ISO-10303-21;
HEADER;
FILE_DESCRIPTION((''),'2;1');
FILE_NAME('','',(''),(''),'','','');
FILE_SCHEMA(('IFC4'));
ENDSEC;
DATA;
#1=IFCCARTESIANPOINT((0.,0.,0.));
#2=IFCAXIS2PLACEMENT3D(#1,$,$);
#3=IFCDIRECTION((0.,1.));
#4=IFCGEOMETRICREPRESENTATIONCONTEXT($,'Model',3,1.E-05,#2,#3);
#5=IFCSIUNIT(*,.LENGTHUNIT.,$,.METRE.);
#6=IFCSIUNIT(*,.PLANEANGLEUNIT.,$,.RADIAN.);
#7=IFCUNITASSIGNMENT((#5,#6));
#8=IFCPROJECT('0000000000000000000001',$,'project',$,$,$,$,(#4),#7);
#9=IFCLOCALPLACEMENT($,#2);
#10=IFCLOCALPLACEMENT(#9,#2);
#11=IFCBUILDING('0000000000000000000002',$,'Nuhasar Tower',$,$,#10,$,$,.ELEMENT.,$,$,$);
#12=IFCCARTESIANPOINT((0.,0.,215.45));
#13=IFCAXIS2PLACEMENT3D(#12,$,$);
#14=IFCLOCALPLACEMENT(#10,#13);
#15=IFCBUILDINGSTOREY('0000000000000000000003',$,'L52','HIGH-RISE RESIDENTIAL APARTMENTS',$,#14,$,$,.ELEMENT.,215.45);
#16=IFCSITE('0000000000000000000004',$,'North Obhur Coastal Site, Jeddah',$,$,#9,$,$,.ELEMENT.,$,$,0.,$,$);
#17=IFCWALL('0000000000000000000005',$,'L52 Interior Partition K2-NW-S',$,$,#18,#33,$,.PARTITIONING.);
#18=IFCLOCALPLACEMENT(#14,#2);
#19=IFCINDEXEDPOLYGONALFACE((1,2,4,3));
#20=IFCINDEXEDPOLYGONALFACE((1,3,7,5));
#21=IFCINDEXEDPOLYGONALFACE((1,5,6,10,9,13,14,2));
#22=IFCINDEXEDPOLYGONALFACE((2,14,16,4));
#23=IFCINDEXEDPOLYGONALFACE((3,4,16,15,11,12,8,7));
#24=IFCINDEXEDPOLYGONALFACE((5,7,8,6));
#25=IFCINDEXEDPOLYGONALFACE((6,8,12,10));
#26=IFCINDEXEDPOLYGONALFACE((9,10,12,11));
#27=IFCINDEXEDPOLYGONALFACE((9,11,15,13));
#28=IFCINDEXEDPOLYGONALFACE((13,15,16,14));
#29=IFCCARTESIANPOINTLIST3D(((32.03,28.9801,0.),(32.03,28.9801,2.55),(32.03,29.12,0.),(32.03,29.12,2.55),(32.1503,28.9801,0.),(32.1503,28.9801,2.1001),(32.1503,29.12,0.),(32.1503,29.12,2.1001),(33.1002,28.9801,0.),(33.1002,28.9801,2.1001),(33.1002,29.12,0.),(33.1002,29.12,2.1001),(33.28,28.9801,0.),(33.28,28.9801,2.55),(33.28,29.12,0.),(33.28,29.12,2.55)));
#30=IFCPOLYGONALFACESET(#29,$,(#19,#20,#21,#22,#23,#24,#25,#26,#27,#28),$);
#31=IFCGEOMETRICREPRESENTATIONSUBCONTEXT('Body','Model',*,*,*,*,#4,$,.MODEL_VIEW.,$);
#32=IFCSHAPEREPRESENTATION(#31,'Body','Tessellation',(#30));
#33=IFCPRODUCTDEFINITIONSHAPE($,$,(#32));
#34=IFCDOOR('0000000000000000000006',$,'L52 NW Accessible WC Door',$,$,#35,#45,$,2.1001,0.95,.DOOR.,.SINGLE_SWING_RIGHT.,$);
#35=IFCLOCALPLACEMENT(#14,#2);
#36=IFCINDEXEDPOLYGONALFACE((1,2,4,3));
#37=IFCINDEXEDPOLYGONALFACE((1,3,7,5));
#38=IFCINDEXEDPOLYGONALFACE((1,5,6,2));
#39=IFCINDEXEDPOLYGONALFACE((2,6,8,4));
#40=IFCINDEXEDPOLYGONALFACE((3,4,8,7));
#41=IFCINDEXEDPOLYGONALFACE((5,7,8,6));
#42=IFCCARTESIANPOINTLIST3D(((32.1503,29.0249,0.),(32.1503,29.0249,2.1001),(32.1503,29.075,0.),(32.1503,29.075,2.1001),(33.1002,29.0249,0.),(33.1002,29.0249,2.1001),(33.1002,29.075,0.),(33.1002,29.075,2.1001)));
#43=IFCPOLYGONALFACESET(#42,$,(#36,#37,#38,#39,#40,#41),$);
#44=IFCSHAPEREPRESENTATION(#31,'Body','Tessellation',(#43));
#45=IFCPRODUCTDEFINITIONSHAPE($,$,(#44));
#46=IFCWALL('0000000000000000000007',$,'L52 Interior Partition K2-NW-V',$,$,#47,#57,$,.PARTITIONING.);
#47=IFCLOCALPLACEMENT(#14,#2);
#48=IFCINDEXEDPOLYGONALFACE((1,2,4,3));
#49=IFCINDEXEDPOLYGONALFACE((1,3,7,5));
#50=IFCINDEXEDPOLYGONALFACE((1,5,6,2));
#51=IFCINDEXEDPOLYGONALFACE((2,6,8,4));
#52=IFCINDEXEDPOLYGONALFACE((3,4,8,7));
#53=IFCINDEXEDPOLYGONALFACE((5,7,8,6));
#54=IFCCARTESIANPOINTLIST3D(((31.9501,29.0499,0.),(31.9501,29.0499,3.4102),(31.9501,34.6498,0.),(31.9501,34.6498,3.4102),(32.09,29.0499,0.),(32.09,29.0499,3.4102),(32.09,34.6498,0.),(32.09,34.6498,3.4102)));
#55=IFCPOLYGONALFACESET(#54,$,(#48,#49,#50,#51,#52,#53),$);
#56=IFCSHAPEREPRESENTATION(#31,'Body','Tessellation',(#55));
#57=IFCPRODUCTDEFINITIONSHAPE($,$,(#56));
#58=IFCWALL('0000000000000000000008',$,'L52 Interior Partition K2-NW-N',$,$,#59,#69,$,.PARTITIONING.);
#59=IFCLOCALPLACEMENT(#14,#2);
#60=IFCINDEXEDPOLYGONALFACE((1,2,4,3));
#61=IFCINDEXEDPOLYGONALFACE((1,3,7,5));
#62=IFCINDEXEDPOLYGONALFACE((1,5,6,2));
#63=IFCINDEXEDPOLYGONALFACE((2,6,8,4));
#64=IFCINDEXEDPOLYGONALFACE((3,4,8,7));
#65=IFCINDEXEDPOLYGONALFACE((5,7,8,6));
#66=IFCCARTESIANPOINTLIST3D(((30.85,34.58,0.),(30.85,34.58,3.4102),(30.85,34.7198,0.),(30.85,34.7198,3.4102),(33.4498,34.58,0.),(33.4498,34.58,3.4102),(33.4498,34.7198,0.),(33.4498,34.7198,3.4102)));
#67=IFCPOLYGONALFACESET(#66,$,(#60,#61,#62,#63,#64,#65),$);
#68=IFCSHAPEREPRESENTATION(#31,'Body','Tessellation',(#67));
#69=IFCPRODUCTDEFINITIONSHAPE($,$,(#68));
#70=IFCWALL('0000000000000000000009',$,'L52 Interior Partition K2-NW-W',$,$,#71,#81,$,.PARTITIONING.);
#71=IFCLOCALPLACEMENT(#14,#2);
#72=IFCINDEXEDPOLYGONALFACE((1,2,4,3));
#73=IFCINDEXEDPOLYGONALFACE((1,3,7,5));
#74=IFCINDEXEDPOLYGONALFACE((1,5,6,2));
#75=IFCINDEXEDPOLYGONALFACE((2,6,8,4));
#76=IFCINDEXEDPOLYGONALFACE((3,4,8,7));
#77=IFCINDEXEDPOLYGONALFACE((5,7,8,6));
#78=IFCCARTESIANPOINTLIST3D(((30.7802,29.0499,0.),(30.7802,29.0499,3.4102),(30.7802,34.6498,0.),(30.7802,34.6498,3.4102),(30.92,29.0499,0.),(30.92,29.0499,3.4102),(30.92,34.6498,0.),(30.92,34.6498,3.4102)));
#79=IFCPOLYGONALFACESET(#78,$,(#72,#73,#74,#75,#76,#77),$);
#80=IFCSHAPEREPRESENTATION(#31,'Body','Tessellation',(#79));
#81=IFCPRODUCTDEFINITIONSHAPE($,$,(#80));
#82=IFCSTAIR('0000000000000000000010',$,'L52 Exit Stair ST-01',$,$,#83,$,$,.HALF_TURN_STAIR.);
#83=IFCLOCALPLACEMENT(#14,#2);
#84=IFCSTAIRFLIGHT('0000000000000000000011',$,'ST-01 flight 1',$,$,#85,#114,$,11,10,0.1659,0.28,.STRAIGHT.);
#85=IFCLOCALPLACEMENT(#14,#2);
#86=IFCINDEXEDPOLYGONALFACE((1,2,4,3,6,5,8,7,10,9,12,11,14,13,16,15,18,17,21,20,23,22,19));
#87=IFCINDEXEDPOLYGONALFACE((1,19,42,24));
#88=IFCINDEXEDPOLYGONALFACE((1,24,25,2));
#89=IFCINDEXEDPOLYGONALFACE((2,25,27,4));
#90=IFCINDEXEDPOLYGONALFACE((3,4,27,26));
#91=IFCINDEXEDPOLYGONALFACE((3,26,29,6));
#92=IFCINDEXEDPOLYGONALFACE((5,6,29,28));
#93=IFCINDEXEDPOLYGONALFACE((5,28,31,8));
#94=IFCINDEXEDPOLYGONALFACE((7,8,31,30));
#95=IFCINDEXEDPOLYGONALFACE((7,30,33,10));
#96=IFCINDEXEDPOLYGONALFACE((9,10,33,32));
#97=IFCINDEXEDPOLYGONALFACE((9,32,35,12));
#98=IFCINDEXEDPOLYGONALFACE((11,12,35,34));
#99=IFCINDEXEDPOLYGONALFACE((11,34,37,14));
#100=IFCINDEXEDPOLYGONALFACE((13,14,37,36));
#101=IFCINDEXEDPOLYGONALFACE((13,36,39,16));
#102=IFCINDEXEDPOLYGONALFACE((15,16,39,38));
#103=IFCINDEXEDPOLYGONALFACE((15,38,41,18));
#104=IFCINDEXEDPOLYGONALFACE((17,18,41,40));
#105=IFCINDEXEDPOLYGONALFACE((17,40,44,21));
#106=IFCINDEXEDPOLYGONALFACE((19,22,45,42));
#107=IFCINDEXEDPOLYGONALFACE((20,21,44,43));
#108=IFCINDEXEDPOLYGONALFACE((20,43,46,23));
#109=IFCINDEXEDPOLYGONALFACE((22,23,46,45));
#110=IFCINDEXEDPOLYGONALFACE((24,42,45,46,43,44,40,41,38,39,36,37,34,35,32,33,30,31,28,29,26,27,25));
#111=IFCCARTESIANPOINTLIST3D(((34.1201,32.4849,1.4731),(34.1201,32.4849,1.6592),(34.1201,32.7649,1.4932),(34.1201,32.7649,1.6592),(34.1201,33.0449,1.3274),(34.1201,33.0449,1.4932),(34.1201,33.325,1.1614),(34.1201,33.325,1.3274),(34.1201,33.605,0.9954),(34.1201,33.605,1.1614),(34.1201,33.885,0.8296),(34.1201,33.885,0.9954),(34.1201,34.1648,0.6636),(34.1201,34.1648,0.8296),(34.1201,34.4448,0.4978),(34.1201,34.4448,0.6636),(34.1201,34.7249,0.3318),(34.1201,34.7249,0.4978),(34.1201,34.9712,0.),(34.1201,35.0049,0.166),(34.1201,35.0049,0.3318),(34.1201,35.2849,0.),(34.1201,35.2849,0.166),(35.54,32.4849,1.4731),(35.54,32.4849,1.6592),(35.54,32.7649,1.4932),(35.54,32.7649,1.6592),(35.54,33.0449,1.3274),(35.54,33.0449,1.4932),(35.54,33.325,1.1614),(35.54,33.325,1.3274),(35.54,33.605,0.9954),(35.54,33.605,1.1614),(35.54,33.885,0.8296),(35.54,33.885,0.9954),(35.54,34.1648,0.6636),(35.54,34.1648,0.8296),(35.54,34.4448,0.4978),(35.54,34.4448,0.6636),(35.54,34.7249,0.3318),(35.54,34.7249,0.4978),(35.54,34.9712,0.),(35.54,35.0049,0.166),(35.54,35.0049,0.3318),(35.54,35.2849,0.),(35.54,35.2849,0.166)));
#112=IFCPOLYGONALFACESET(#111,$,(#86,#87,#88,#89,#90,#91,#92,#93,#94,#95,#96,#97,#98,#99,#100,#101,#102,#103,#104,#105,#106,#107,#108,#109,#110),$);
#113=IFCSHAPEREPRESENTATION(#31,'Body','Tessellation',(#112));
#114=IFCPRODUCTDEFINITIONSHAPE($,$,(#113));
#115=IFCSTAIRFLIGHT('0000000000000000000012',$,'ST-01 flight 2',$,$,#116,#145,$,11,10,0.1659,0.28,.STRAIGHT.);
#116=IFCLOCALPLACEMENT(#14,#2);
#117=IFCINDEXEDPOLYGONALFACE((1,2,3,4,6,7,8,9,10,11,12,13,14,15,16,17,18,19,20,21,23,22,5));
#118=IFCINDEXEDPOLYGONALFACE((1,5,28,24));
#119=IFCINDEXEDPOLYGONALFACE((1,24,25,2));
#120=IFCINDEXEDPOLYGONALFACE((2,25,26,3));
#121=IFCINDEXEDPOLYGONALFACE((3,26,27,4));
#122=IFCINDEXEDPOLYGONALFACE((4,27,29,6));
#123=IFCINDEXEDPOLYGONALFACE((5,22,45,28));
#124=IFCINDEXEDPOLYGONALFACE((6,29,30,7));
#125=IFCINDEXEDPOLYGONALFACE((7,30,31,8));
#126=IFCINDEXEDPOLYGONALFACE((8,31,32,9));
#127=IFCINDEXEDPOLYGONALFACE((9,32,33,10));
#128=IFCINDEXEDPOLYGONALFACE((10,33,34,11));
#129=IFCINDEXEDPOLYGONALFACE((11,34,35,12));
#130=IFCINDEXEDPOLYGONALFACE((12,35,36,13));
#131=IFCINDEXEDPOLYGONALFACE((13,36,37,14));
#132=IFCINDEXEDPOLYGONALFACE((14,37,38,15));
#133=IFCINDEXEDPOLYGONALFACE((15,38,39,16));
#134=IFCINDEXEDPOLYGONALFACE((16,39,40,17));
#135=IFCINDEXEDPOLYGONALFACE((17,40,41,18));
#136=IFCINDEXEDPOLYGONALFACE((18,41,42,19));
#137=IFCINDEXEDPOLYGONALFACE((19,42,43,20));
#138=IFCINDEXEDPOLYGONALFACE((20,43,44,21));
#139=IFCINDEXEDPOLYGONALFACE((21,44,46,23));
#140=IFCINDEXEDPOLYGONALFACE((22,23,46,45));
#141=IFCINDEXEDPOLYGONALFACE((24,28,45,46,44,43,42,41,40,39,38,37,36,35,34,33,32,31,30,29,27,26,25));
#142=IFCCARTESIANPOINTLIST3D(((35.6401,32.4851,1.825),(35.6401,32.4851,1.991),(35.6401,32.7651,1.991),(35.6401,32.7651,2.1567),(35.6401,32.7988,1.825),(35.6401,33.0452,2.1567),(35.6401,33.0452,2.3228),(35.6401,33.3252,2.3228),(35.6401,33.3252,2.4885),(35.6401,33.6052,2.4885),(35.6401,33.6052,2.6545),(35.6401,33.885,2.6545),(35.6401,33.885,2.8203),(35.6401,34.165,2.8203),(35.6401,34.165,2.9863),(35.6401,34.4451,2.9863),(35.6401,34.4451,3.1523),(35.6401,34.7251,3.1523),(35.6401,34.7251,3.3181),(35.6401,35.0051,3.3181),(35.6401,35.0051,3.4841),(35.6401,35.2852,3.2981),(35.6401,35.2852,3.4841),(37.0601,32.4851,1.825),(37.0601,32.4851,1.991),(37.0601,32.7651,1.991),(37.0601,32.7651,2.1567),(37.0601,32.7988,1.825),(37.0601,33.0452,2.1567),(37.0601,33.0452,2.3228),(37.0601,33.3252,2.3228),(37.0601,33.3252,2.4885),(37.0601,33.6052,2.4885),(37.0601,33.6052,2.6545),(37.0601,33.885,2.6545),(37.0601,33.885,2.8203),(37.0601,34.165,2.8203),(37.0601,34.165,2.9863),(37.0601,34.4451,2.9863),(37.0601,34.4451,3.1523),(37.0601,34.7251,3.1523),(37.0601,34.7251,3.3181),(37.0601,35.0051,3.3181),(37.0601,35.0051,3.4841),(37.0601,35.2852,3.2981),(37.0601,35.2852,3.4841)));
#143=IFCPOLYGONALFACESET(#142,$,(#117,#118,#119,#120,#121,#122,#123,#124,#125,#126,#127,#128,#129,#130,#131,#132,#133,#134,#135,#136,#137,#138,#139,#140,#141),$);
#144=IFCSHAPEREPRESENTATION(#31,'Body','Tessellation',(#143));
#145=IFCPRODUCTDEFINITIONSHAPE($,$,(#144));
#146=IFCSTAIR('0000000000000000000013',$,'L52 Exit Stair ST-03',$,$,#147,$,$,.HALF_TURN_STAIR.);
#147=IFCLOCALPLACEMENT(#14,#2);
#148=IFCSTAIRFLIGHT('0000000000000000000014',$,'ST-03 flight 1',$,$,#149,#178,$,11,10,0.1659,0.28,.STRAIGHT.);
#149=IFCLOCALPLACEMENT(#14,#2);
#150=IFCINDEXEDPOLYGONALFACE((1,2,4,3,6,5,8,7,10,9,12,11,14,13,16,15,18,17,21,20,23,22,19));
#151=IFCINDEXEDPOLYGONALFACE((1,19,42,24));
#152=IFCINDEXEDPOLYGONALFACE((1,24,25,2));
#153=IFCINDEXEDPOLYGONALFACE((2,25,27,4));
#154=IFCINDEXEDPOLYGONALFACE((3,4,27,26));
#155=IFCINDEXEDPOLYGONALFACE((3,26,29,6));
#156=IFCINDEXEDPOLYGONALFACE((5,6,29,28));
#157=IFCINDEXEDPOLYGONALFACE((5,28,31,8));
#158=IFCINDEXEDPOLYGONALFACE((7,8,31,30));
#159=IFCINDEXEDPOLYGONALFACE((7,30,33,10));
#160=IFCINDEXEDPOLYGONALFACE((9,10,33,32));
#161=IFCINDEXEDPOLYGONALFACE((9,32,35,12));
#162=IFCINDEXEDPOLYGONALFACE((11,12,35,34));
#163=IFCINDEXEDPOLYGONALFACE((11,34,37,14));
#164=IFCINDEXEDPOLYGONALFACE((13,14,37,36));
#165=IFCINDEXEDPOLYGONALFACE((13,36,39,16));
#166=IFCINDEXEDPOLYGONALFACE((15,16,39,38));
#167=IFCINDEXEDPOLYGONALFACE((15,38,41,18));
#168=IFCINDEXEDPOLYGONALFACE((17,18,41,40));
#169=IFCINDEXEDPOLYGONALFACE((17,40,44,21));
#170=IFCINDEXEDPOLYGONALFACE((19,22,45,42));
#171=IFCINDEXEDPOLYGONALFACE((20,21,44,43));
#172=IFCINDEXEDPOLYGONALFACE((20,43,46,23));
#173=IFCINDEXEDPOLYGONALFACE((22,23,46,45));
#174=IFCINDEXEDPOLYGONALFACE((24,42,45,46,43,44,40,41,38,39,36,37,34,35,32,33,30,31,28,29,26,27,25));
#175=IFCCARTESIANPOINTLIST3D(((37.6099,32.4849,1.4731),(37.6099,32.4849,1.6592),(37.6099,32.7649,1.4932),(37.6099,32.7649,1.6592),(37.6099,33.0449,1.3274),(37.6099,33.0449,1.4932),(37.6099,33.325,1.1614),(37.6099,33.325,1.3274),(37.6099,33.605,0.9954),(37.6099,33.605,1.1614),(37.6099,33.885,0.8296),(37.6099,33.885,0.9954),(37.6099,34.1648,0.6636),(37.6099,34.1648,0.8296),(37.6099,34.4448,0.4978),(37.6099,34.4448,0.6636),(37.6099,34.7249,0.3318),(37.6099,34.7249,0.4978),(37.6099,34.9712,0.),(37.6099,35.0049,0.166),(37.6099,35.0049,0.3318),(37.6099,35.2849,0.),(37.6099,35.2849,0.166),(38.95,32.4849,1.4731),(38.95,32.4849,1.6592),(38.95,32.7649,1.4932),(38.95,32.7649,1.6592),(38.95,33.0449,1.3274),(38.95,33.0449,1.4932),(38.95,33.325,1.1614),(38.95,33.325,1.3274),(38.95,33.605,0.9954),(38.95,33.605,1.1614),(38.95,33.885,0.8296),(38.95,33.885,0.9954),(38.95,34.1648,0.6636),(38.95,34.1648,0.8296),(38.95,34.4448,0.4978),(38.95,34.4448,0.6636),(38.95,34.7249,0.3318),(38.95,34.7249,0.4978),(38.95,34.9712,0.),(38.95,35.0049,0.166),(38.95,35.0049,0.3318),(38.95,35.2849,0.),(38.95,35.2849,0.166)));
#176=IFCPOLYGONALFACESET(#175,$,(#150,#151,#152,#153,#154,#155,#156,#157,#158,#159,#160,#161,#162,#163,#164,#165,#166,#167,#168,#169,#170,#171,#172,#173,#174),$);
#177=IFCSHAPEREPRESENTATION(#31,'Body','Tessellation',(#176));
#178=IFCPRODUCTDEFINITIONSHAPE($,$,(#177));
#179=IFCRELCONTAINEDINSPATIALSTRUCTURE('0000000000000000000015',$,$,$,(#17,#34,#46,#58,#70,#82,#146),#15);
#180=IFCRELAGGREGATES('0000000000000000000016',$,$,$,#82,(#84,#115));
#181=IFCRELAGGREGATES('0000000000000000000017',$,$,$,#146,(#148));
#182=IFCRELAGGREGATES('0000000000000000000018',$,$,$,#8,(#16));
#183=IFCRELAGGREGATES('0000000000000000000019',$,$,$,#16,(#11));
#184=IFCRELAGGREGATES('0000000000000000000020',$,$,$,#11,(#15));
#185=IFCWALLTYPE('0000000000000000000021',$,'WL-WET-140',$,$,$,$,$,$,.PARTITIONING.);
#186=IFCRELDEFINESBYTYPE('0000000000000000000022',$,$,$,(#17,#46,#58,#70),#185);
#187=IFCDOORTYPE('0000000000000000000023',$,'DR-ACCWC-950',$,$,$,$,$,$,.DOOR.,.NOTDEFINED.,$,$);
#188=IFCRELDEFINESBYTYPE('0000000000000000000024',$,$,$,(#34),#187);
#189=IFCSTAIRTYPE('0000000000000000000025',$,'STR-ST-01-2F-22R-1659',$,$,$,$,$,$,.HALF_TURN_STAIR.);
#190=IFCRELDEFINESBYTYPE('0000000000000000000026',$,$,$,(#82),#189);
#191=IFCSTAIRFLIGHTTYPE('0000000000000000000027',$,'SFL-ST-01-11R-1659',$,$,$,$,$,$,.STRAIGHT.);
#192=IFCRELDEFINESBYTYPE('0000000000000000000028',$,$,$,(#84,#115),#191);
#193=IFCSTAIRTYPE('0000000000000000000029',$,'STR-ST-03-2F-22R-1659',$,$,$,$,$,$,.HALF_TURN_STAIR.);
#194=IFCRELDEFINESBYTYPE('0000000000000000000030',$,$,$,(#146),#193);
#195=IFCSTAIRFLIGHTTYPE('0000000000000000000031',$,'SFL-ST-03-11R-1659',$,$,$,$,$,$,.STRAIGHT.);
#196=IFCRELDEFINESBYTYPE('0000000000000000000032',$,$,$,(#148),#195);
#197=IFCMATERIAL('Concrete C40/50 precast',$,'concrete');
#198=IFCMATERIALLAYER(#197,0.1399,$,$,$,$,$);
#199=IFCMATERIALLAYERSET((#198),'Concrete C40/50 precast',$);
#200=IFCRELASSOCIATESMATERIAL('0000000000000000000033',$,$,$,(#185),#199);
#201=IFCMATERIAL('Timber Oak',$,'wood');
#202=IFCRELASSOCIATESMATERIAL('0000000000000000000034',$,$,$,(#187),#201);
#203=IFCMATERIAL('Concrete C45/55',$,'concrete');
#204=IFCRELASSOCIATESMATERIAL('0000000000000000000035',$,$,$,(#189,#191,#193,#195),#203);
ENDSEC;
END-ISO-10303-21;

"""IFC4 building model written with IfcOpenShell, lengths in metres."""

from ifc_helpers import new_model, si_unit, direction, frame, frame_2d, origin, place, context, subcontext, project, spatial, polyline, rectangle, outline, extrude, material, layer, layer_set, type_object, element, fill, aggregate, save


model = new_model("IFC4")

# Units and contexts
model_context = context("Model", 3, precision=1e-05, world=origin(), true_north=direction((0.0, 1.0)))
body_context = subcontext(model_context, "Body", "Model", "MODEL_VIEW")
ifc_project = project(units=[si_unit("LENGTHUNIT", "METRE"), si_unit("PLANEANGLEUNIT", "RADIAN")], contexts=[model_context])

# Site, building, storey
site_placement = place(None, origin())
site = spatial("IfcSite", under=ifc_project, at=site_placement, Name="North Obhur Coastal Site, Jeddah", CompositionType="ELEMENT", RefElevation=0.0)
building_placement = place(site_placement, origin())
building = spatial("IfcBuilding", under=site, at=building_placement, Name="Nuhasar Tower", CompositionType="ELEMENT")
storey_placement = place(building_placement, frame((0.0, 0.0, 215.45)))
storey = spatial("IfcBuildingStorey", under=building, at=storey_placement, Name="L52", Description="HIGH-RISE RESIDENTIAL APARTMENTS", CompositionType="ELEMENT", Elevation=215.45)

# Shared definitions
ifc_material_1 = material(Name="Concrete C40/50 precast", Category="concrete")
ifc_layer_1 = layer(ifc_material_1, 0.1399)
ifc_layer_set_1 = layer_set([ifc_layer_1], Name="Concrete C40/50 precast")
wall_type_1 = type_object("IfcWallType", Name="WL-WET-140", PredefinedType="PARTITIONING", material=ifc_layer_set_1)

# Wall, opening, door
ifc_material_2 = material(Name="Timber Oak", Category="wood")
wall_1_placement = place(storey_placement, frame((32.03, 29.05, 0.0), z_axis=(0.0, 0.0, 1.0), x_axis=(1.0, 0.0, 0.0)))
wall_1 = element("IfcWall", 1, at=wall_1_placement, inside=storey, type_object=wall_type_1, Name="L52 Interior Partition K2-NW-S", PredefinedType="PARTITIONING", context=body_context, shape_type="SweptSolid", body=[
    extrude(rectangle(XDim=1.25, YDim=0.1399, at=frame_2d((0.625, 0.0))), origin(), (0.0, 0.0, 1.0), 2.55),
])
opening_1_placement = place(wall_1_placement, frame((0.1201, 0.0, 0.0)))
opening_1 = element("IfcOpeningElement", 2, at=opening_1_placement, cuts=wall_1, PredefinedType="OPENING", context=body_context, shape_type="SweptSolid", body=[
    extrude(rectangle(XDim=0.95, YDim=2.1001, at=frame_2d((0.4751, 1.05))), frame((0.0, 0.0801, 0.0), z_axis=(0.0, -1.0, 0.0), x_axis=(1.0, 0.0, 0.0)), (0.0, 0.0, 1.0), 0.1599),
])
door_type_1 = type_object("IfcDoorType", Name="DR-ACCWC-950", OperationType="NOTDEFINED", PredefinedType="DOOR", material=ifc_material_2)
door_1_placement = place(opening_1_placement, origin())
door_1 = element("IfcDoor", 3, at=door_1_placement, inside=storey, type_object=door_type_1, Name="L52 NW Accessible WC Door", OperationType="SINGLE_SWING_RIGHT", OverallHeight=2.1001, OverallWidth=0.95, PredefinedType="DOOR", context=body_context, shape_type="SweptSolid", body=[
    extrude(rectangle(XDim=0.95, YDim=2.1001, at=frame_2d((0.4751, 1.05))), frame((0.0, 0.0249, 0.0), z_axis=(0.0, -1.0, 0.0), x_axis=(1.0, 0.0, 0.0)), (0.0, 0.0, 1.0), 0.05),
])
fill(opening_1, door_1)

# Walls
wall_2_placement = place(storey_placement, frame((32.02, 29.05, 0.0), z_axis=(0.0, 0.0, 1.0), x_axis=(0.0, 1.0, 0.0)))
element("IfcWall", 4, at=wall_2_placement, inside=storey, type_object=wall_type_1, Name="L52 Interior Partition K2-NW-V", PredefinedType="PARTITIONING", context=body_context, shape_type="SweptSolid", body=[
    extrude(rectangle(XDim=5.5999, YDim=0.1399, at=frame_2d((2.7998, 0.0))), origin(), (0.0, 0.0, 1.0), 3.4102),
])
wall_3_placement = place(storey_placement, frame((30.8501, 34.6499, 0.0), z_axis=(0.0, 0.0, 1.0), x_axis=(1.0, 0.0, 0.0)))
element("IfcWall", 5, at=wall_3_placement, inside=storey, type_object=wall_type_1, Name="L52 Interior Partition K2-NW-N", PredefinedType="PARTITIONING", context=body_context, shape_type="SweptSolid", body=[
    extrude(rectangle(XDim=2.5999, YDim=0.1399, at=frame_2d((1.2998, 0.0))), origin(), (0.0, 0.0, 1.0), 3.4102),
])
wall_4_placement = place(storey_placement, frame((30.8501, 29.05, 0.0), z_axis=(0.0, 0.0, 1.0), x_axis=(0.0, 1.0, 0.0)))
element("IfcWall", 6, at=wall_4_placement, inside=storey, type_object=wall_type_1, Name="L52 Interior Partition K2-NW-W", PredefinedType="PARTITIONING", context=body_context, shape_type="SweptSolid", body=[
    extrude(rectangle(XDim=5.5999, YDim=0.1399, at=frame_2d((2.7998, 0.0))), origin(), (0.0, 0.0, 1.0), 3.4102),
])

# Stair, stair flights
ifc_material_3 = material(Name="Concrete C45/55", Category="concrete")
stair_type_1 = type_object("IfcStairType", Name="STR-ST-01-2F-22R-1659", PredefinedType="HALF_TURN_STAIR", material=ifc_material_3)
stair_1_placement = place(storey_placement, origin())
stair_1 = element("IfcStair", 7, at=stair_1_placement, inside=storey, type_object=stair_type_1, Name="L52 Exit Stair ST-01", PredefinedType="HALF_TURN_STAIR")
stair_flight_type_1 = type_object("IfcStairFlightType", Name="SFL-ST-01-11R-1659", PredefinedType="STRAIGHT", material=ifc_material_3)
stair_flight_1_placement = place(storey_placement, frame((34.8301, 35.2849, 0.0), z_axis=(0.0, 0.0, 1.0), x_axis=(0.0, -1.0, 0.0)))
stair_flight_1 = element("IfcStairFlight", 8, at=stair_flight_1_placement, type_object=stair_flight_type_1, Name="ST-01 flight 1", NumberOfRisers=11, NumberOfTreads=10, PredefinedType="STRAIGHT", RiserHeight=0.1659, TreadLength=0.28, context=body_context, shape_type="SweptSolid", body=[
    extrude(outline(polyline([(0.0, 0.0), (0.0, 0.166), (0.28, 0.166), (0.28, 0.3318), (0.5601, 0.3318), (0.5601, 0.4978), (0.8401, 0.4978), (0.8401, 0.6636), (1.1201, 0.6636), (1.1201, 0.8296), (1.3999, 0.8296), (1.3999, 0.9954), (1.6799, 0.9954), (1.6799, 1.1614), (1.96, 1.1614), (1.96, 1.3274), (2.24, 1.3274), (2.24, 1.4932), (2.52, 1.4932), (2.52, 1.6592), (2.8, 1.6592), (2.8, 1.825), (2.8, 1.4731), (0.3137, 0.0), (0.0, 0.0)])), frame((0.0, 0.71, 0.0), z_axis=(0.0, -1.0, 0.0), x_axis=(1.0, 0.0, 0.0)), (0.0, 0.0, 1.0), 1.4199),
])
stair_flight_2_placement = place(storey_placement, frame((36.3501, 32.4851, 1.825), z_axis=(0.0, 0.0, 1.0), x_axis=(0.0, 1.0, 0.0)))
stair_flight_2 = element("IfcStairFlight", 9, at=stair_flight_2_placement, type_object=stair_flight_type_1, Name="ST-01 flight 2", NumberOfRisers=11, NumberOfTreads=10, PredefinedType="STRAIGHT", RiserHeight=0.1659, TreadLength=0.28, context=body_context, shape_type="SweptSolid", body=[
    extrude(outline(polyline([(0.0, 0.0), (0.0, 0.166), (0.28, 0.166), (0.28, 0.3318), (0.5601, 0.3318), (0.5601, 0.4978), (0.8401, 0.4978), (0.8401, 0.6636), (1.1201, 0.6636), (1.1201, 0.8296), (1.3999, 0.8296), (1.3999, 0.9954), (1.6799, 0.9954), (1.6799, 1.1614), (1.96, 1.1614), (1.96, 1.3274), (2.24, 1.3274), (2.24, 1.4932), (2.52, 1.4932), (2.52, 1.6592), (2.8, 1.6592), (2.8, 1.825), (2.8, 1.4731), (0.3137, 0.0), (0.0, 0.0)])), frame((0.0, 0.71, 0.0), z_axis=(0.0, -1.0, 0.0), x_axis=(1.0, 0.0, 0.0)), (0.0, 0.0, 1.0), 1.4199),
])
aggregate(stair_1, [stair_flight_1, stair_flight_2])

# Stair, stair flight
stair_type_2 = type_object("IfcStairType", Name="STR-ST-03-2F-22R-1659", PredefinedType="HALF_TURN_STAIR", material=ifc_material_3)
stair_2_placement = place(storey_placement, origin())
stair_2 = element("IfcStair", 10, at=stair_2_placement, inside=storey, type_object=stair_type_2, Name="L52 Exit Stair ST-03", PredefinedType="HALF_TURN_STAIR")
stair_flight_type_2 = type_object("IfcStairFlightType", Name="SFL-ST-03-11R-1659", PredefinedType="STRAIGHT", material=ifc_material_3)
stair_flight_3_placement = place(storey_placement, frame((38.28, 35.2849, 0.0), z_axis=(0.0, 0.0, 1.0), x_axis=(0.0, -1.0, 0.0)))
stair_flight_3 = element("IfcStairFlight", 11, at=stair_flight_3_placement, type_object=stair_flight_type_2, Name="ST-03 flight 1", NumberOfRisers=11, NumberOfTreads=10, PredefinedType="STRAIGHT", RiserHeight=0.1659, TreadLength=0.28, context=body_context, shape_type="SweptSolid", body=[
    extrude(outline(polyline([(0.0, 0.0), (0.0, 0.166), (0.28, 0.166), (0.28, 0.3318), (0.5601, 0.3318), (0.5601, 0.4978), (0.8401, 0.4978), (0.8401, 0.6636), (1.1201, 0.6636), (1.1201, 0.8296), (1.3999, 0.8296), (1.3999, 0.9954), (1.6799, 0.9954), (1.6799, 1.1614), (1.96, 1.1614), (1.96, 1.3274), (2.24, 1.3274), (2.24, 1.4932), (2.52, 1.4932), (2.52, 1.6592), (2.8, 1.6592), (2.8, 1.825), (2.8, 1.4731), (0.3137, 0.0), (0.0, 0.0)])), frame((0.0, 0.6699, 0.0), z_axis=(0.0, -1.0, 0.0), x_axis=(1.0, 0.0, 0.0)), (0.0, 0.0, 1.0), 1.3401),
])
aggregate(stair_2, [stair_flight_3])

save(model, "model.ifc")
